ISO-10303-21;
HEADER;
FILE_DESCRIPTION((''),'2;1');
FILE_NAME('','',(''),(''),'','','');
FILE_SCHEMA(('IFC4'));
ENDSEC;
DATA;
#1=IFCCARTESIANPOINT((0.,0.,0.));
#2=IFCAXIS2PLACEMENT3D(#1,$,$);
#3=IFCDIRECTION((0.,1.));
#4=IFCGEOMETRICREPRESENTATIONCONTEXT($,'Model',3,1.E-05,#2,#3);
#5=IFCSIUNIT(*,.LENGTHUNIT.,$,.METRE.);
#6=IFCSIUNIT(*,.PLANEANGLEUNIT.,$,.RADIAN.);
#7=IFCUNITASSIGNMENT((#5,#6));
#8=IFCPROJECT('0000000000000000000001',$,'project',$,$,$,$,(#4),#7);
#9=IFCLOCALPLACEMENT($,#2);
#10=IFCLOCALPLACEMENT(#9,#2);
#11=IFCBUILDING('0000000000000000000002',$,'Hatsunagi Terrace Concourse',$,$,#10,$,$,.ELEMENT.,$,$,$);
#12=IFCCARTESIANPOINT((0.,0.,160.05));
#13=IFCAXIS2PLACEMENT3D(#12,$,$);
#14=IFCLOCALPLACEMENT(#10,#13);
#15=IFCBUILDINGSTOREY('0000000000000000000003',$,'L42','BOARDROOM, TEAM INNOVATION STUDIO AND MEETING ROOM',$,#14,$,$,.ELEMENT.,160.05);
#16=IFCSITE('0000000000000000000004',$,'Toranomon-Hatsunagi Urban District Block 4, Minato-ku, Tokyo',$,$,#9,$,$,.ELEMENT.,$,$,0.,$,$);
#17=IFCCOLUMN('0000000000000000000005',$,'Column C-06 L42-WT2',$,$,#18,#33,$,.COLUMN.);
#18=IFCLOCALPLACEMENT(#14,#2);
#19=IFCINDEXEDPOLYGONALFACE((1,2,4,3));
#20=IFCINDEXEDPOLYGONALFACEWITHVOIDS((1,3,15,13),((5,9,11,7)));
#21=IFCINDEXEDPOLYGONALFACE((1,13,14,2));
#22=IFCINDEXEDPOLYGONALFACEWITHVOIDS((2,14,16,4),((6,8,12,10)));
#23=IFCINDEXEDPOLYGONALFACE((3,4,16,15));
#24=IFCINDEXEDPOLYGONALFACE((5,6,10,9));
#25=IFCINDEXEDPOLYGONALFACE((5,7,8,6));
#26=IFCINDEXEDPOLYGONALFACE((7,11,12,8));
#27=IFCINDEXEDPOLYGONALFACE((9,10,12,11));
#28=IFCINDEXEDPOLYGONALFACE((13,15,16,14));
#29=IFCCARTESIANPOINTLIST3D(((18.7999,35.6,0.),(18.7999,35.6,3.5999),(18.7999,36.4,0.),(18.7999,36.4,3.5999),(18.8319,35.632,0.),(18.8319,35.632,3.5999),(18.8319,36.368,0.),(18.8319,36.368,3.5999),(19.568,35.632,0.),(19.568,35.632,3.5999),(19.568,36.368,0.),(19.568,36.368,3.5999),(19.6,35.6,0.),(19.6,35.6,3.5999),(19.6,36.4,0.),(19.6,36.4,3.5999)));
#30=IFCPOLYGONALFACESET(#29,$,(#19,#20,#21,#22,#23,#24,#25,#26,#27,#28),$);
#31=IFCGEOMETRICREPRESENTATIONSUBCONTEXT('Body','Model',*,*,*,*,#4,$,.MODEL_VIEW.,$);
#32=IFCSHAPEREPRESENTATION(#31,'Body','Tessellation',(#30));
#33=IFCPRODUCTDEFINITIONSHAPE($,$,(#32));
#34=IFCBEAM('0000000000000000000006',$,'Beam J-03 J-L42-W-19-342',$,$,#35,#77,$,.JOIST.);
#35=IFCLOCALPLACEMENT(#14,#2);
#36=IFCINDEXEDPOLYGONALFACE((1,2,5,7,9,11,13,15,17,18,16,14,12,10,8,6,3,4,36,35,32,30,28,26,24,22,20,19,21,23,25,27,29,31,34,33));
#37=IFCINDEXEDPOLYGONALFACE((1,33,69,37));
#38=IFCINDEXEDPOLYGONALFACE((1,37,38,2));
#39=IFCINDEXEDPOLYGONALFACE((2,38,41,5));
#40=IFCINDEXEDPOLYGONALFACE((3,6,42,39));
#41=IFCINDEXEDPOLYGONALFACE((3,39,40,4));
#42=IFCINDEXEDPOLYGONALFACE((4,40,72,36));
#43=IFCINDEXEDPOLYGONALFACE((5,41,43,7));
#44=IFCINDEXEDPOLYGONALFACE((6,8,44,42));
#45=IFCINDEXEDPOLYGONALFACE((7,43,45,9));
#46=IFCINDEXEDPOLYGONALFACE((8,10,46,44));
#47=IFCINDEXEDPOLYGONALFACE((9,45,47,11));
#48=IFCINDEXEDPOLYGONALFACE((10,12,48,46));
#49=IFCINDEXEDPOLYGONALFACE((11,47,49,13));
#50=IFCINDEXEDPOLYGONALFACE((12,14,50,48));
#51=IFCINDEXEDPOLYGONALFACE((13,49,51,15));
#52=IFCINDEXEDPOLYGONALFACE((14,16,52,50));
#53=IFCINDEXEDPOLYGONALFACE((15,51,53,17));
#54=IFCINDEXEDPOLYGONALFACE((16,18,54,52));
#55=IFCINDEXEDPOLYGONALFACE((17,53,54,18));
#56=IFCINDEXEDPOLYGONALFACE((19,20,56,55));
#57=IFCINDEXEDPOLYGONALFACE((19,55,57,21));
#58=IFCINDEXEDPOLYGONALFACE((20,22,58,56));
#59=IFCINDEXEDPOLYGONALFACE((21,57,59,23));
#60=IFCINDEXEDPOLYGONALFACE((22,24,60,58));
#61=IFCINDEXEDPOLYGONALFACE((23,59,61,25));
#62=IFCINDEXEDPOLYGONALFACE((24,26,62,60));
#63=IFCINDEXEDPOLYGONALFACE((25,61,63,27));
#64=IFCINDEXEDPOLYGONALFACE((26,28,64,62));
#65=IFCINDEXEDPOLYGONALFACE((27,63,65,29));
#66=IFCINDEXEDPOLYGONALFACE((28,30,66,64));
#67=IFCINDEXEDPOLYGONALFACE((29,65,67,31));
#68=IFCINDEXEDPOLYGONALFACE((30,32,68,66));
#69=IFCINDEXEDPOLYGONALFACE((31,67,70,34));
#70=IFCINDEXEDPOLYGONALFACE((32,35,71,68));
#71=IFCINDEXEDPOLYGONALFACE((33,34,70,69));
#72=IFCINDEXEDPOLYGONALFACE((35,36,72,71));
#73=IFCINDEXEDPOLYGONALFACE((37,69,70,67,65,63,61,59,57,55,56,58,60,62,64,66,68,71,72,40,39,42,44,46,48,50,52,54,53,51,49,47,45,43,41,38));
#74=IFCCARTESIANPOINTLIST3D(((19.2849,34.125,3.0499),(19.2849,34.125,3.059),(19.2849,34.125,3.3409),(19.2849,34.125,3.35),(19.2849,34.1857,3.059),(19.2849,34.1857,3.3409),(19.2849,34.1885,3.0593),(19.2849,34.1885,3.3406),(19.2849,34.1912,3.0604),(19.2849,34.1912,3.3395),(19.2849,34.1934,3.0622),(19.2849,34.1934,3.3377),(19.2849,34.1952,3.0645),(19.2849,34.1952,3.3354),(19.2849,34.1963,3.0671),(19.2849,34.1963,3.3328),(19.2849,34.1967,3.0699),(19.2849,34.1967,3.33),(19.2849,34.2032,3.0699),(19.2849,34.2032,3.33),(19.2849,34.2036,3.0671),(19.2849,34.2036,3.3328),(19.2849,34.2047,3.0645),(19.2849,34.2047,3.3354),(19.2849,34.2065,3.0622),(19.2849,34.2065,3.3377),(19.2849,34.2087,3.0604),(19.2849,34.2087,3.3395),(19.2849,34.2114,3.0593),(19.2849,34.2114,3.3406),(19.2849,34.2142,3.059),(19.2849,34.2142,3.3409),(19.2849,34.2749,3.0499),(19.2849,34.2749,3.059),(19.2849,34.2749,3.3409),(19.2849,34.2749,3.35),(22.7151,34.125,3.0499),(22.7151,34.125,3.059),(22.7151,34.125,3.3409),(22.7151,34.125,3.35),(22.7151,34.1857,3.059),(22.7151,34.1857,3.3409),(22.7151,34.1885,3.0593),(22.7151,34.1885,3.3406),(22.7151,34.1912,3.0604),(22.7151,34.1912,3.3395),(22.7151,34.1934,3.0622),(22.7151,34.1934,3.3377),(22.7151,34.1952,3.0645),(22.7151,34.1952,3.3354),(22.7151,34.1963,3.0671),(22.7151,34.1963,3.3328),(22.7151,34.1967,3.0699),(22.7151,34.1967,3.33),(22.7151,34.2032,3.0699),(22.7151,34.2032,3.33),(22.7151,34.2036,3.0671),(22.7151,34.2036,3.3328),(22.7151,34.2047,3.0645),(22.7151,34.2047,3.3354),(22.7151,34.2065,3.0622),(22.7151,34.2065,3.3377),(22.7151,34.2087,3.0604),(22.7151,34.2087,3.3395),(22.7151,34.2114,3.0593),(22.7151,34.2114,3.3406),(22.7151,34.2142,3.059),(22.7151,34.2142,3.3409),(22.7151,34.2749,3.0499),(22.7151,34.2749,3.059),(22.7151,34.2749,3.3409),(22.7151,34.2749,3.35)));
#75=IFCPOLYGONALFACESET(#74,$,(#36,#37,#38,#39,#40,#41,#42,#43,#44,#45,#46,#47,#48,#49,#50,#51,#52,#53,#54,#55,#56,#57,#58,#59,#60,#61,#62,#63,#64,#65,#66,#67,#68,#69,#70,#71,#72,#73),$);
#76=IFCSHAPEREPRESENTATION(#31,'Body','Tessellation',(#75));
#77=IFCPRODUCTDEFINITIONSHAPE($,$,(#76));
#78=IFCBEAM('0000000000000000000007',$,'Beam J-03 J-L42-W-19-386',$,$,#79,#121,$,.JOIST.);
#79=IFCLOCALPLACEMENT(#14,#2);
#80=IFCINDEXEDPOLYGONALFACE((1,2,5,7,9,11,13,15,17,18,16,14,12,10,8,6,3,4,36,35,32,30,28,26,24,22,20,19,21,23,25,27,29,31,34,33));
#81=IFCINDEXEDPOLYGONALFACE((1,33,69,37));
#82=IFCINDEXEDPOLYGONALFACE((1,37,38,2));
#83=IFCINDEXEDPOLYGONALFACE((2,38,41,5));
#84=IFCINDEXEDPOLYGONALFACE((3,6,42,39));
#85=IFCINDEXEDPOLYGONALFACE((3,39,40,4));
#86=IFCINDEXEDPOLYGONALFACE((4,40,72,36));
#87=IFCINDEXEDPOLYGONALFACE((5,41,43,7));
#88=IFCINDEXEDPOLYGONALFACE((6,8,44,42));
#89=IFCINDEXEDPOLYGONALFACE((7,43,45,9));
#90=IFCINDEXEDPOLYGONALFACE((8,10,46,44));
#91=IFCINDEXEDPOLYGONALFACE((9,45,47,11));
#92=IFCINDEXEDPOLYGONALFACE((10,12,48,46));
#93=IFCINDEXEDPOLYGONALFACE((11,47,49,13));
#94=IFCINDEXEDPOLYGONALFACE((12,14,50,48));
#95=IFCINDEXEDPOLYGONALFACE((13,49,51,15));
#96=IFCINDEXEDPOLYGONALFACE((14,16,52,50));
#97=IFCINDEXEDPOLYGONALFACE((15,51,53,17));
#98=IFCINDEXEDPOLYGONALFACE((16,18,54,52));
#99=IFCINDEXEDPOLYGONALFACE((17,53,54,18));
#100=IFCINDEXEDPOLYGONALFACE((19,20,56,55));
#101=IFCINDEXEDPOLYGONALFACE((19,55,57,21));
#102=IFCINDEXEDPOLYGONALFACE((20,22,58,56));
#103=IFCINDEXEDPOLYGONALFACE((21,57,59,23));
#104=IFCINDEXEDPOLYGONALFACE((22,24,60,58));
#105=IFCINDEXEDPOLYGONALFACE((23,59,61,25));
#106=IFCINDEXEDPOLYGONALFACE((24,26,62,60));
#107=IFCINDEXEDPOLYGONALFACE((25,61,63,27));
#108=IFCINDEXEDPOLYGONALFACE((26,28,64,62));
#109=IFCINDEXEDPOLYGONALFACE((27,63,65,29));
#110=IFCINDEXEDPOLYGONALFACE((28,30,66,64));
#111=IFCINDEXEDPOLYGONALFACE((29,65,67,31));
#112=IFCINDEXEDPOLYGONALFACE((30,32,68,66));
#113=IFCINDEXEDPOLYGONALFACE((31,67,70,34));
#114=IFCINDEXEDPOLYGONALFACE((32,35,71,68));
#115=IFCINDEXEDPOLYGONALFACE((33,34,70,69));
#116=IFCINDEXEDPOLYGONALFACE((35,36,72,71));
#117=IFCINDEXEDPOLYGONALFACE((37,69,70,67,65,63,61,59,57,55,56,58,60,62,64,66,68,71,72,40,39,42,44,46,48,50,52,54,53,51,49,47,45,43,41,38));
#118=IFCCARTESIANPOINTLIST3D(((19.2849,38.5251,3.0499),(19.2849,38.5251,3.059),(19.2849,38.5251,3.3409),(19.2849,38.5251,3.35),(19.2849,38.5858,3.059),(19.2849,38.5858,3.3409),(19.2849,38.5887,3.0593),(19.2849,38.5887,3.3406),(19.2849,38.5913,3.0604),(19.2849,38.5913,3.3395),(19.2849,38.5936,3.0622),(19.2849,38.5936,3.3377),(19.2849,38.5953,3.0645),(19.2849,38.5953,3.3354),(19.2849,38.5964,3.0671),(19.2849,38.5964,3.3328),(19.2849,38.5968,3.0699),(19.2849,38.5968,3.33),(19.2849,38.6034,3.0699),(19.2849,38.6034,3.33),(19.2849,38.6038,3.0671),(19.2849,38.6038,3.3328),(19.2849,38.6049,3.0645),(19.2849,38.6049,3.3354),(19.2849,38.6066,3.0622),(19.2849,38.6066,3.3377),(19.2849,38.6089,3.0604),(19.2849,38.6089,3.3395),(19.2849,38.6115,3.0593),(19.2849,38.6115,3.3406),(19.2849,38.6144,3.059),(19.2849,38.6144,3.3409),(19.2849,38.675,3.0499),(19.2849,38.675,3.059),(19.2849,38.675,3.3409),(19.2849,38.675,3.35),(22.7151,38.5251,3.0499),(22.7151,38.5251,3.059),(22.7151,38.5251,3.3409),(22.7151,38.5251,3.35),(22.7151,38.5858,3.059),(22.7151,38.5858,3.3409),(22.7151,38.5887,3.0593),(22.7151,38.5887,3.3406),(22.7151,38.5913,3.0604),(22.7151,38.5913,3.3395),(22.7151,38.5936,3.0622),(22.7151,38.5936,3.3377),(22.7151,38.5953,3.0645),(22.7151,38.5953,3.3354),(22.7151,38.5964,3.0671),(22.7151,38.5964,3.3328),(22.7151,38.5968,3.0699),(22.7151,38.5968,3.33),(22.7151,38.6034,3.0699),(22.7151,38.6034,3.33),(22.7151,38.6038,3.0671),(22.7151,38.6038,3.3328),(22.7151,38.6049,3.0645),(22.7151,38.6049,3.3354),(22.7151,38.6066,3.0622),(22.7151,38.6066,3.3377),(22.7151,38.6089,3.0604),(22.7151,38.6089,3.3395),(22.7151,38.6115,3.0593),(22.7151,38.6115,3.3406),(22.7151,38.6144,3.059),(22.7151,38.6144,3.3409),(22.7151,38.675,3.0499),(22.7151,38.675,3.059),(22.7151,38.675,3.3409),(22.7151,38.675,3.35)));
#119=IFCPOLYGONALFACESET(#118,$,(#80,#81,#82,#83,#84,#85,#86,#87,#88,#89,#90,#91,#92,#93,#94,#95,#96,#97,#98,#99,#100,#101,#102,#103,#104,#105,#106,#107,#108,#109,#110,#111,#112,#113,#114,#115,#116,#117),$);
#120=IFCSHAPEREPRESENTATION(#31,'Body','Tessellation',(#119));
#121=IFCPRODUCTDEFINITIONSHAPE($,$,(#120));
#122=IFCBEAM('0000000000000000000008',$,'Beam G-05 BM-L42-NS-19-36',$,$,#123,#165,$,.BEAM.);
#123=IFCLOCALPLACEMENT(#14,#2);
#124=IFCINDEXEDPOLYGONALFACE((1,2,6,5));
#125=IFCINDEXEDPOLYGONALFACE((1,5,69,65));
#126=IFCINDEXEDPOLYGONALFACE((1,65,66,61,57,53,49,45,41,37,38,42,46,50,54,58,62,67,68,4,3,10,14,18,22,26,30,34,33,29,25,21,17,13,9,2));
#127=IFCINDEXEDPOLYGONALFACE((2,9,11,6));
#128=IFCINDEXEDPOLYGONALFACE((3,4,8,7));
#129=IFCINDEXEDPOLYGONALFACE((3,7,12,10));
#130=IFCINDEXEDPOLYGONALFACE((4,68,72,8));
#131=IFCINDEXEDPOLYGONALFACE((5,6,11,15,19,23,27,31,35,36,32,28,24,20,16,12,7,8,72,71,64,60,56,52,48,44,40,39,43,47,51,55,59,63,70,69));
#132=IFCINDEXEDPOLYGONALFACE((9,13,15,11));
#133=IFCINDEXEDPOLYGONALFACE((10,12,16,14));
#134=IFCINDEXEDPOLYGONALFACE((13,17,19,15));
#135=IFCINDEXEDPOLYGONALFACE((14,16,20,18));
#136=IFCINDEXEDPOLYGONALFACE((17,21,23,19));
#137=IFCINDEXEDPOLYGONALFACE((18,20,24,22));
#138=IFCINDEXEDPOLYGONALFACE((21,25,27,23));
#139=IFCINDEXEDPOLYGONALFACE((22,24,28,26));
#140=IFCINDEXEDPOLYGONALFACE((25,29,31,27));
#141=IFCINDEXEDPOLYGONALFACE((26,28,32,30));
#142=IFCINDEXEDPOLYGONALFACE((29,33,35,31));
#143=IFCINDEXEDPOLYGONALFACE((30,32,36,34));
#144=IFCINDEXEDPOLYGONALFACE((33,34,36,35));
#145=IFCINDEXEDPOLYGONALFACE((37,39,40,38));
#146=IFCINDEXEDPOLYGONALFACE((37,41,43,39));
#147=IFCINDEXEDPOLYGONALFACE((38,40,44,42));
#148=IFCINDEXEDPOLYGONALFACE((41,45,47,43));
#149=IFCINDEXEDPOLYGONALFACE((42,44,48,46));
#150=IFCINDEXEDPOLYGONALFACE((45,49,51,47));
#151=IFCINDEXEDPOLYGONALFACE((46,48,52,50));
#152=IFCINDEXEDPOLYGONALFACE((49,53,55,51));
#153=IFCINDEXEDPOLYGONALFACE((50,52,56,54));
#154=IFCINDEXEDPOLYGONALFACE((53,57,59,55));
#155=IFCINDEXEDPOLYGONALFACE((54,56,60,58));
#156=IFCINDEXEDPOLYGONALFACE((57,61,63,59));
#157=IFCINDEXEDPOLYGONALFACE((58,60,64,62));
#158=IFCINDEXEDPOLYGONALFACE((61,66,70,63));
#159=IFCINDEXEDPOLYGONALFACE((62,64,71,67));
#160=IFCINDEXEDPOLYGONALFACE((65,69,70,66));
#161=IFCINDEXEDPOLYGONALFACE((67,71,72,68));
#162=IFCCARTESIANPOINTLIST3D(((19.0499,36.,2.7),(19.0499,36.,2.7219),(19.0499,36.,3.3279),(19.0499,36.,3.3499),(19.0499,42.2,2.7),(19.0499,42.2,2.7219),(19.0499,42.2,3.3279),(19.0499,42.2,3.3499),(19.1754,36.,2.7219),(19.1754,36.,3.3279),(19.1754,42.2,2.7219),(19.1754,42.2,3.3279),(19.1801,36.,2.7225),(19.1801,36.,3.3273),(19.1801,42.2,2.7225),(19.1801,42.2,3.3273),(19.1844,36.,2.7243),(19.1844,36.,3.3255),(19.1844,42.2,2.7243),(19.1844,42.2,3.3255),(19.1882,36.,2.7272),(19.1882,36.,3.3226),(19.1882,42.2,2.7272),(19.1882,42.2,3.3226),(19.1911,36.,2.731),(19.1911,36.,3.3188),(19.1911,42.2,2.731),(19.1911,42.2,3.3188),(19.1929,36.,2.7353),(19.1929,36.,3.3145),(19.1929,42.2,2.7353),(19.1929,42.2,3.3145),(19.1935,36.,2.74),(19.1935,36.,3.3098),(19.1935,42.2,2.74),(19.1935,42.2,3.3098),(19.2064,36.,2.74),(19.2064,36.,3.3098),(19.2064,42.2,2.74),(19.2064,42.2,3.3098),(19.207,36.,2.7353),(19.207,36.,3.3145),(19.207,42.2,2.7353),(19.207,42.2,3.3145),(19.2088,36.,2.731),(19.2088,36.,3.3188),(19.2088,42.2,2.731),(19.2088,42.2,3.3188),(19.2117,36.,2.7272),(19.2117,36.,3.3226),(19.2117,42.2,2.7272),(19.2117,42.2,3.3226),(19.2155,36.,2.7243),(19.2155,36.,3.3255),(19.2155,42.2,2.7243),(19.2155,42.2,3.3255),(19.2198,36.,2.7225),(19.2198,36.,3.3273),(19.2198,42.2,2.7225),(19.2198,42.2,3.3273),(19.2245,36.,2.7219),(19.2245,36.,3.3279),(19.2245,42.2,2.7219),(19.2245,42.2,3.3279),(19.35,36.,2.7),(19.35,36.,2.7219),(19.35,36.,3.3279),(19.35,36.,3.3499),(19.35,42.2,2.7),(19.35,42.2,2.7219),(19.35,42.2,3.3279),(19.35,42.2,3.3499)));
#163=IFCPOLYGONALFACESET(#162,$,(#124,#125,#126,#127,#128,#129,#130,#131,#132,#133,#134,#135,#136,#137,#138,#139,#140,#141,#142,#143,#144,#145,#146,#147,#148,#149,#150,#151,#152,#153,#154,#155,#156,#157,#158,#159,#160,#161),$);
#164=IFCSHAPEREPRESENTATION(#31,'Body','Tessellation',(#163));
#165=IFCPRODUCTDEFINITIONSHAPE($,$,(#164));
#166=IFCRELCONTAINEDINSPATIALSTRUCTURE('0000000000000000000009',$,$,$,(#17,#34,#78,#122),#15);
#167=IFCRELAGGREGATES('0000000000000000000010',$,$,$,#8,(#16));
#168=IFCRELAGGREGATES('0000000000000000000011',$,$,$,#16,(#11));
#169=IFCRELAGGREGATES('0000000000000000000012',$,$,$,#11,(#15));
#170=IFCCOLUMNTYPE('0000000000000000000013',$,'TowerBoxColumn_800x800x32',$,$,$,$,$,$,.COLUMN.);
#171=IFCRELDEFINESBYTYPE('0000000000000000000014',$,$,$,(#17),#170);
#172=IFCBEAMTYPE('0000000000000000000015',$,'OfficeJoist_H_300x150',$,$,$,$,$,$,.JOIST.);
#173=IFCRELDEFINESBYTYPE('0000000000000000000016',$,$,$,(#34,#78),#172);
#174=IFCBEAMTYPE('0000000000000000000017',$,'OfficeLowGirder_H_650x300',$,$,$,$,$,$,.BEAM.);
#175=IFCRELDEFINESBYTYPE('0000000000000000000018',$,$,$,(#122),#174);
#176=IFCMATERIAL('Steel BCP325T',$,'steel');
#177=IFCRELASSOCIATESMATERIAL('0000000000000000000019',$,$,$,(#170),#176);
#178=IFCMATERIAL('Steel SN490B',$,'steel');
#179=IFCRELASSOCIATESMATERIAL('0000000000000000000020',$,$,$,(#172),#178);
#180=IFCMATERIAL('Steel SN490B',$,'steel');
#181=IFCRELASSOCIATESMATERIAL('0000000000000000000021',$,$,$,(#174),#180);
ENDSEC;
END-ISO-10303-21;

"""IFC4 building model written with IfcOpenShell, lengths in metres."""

from ifc_helpers import new_model, si_unit, direction, frame, origin, origin_2d, place, context, subcontext, project, spatial, hollow_rectangle, i_section, extrude, material, material_profile, profile_set, type_object, element, save


model = new_model("IFC4")

# Units and contexts
model_context = context("Model", 3, precision=1e-05, world=origin(), true_north=direction((0.0, 1.0)))
body_context = subcontext(model_context, "Body", "Model", "MODEL_VIEW")
ifc_project = project(units=[si_unit("LENGTHUNIT", "METRE"), si_unit("PLANEANGLEUNIT", "RADIAN")], contexts=[model_context])

# Site, building, storey
site_placement = place(None, origin())
site = spatial("IfcSite", under=ifc_project, at=site_placement, Name="Toranomon-Hatsunagi Urban District Block 4, Minato-ku, Tokyo", CompositionType="ELEMENT", RefElevation=0.0)
building_placement = place(site_placement, origin())
building = spatial("IfcBuilding", under=site, at=building_placement, Name="Hatsunagi Terrace Concourse", CompositionType="ELEMENT")
storey_placement = place(building_placement, frame((0.0, 0.0, 160.05)))
storey = spatial("IfcBuildingStorey", under=building, at=storey_placement, Name="L42", Description="BOARDROOM, TEAM INNOVATION STUDIO AND MEETING ROOM", CompositionType="ELEMENT", Elevation=160.05)

# Column
ifc_material_1 = material(Name="Steel BCP325T", Category="steel")
ifc_material_profile_1 = material_profile(ifc_material_1, hollow_rectangle(XDim=0.8, YDim=0.8, WallThickness=0.032, at=origin_2d()), Name="BCP-800x800x32")
ifc_profile_set_1 = profile_set([ifc_material_profile_1], Name="Steel BCP325T")
column_type = type_object("IfcColumnType", Name="TowerBoxColumn_800x800x32", PredefinedType="COLUMN", material=ifc_profile_set_1)
column_placement = place(storey_placement, frame((19.2, 36.0, 0.0), z_axis=(0.0, 0.0, 1.0), x_axis=(1.0, 0.0, 0.0)))
element("IfcColumn", 1, at=column_placement, inside=storey, type_object=column_type, Name="Column C-06 L42-WT2", PredefinedType="COLUMN", context=body_context, shape_type="SweptSolid", body=[
    extrude(hollow_rectangle(XDim=0.8, YDim=0.8, WallThickness=0.032, at=origin_2d()), origin(), (0.0, 0.0, 1.0), 3.5999),
])

# Beams
ifc_material_2 = material(Name="Steel SN490B", Category="steel")
ifc_material_profile_2 = material_profile(ifc_material_2, i_section(OverallWidth=0.1499, OverallDepth=0.3, WebThickness=0.0066, FlangeThickness=0.009, FilletRadius=0.011, at=origin_2d()), Name="H-300x150x6.5x9")
ifc_profile_set_2 = profile_set([ifc_material_profile_2], Name="Steel SN490B")
beam_type_1 = type_object("IfcBeamType", Name="OfficeJoist_H_300x150", PredefinedType="JOIST", material=ifc_profile_set_2)
for number, where, z_axis, x_axis, name in (
    (2, (19.2849, 34.2, 3.2), (1.0, 0.0, 0.0), (0.0, 1.0, 0.0), "Beam J-03 J-L42-W-19-342"),
    (3, (19.2849, 38.6001, 3.2), (1.0, 0.0, 0.0), (0.0, 1.0, 0.0), "Beam J-03 J-L42-W-19-386"),
):
    element("IfcBeam", number, at=place(storey_placement, frame(where, z_axis=z_axis, x_axis=x_axis)), inside=storey, type_object=beam_type_1, Name=name, PredefinedType="JOIST", context=body_context, shape_type="SweptSolid", body=[
        extrude(i_section(OverallWidth=0.1499, OverallDepth=0.3, WebThickness=0.0066, FlangeThickness=0.009, FilletRadius=0.011, at=origin_2d()), origin(), (0.0, 0.0, 1.0), 3.4302),
    ])
ifc_material_3 = material(Name="Steel SN490B", Category="steel")
ifc_material_profile_3 = material_profile(ifc_material_3, i_section(OverallWidth=0.3, OverallDepth=0.6499, WebThickness=0.0129, FlangeThickness=0.022, FilletRadius=0.0181, at=origin_2d()), Name="H-650x300x13x22")
ifc_profile_set_3 = profile_set([ifc_material_profile_3], Name="Steel SN490B")
beam_type_2 = type_object("IfcBeamType", Name="OfficeLowGirder_H_650x300", PredefinedType="BEAM", material=ifc_profile_set_3)
beam_1_placement = place(storey_placement, frame((19.2, 36.0, 3.0249), z_axis=(0.0, 1.0, 0.0), x_axis=(-1.0, 0.0, 0.0)))
element("IfcBeam", 4, at=beam_1_placement, inside=storey, type_object=beam_type_2, Name="Beam G-05 BM-L42-NS-19-36", PredefinedType="BEAM", context=body_context, shape_type="SweptSolid", body=[
    extrude(i_section(OverallWidth=0.3, OverallDepth=0.6499, WebThickness=0.0129, FlangeThickness=0.022, FilletRadius=0.0181, at=origin_2d()), origin(), (0.0, 0.0, 1.0), 6.2),
])

save(model, "model.ifc")
